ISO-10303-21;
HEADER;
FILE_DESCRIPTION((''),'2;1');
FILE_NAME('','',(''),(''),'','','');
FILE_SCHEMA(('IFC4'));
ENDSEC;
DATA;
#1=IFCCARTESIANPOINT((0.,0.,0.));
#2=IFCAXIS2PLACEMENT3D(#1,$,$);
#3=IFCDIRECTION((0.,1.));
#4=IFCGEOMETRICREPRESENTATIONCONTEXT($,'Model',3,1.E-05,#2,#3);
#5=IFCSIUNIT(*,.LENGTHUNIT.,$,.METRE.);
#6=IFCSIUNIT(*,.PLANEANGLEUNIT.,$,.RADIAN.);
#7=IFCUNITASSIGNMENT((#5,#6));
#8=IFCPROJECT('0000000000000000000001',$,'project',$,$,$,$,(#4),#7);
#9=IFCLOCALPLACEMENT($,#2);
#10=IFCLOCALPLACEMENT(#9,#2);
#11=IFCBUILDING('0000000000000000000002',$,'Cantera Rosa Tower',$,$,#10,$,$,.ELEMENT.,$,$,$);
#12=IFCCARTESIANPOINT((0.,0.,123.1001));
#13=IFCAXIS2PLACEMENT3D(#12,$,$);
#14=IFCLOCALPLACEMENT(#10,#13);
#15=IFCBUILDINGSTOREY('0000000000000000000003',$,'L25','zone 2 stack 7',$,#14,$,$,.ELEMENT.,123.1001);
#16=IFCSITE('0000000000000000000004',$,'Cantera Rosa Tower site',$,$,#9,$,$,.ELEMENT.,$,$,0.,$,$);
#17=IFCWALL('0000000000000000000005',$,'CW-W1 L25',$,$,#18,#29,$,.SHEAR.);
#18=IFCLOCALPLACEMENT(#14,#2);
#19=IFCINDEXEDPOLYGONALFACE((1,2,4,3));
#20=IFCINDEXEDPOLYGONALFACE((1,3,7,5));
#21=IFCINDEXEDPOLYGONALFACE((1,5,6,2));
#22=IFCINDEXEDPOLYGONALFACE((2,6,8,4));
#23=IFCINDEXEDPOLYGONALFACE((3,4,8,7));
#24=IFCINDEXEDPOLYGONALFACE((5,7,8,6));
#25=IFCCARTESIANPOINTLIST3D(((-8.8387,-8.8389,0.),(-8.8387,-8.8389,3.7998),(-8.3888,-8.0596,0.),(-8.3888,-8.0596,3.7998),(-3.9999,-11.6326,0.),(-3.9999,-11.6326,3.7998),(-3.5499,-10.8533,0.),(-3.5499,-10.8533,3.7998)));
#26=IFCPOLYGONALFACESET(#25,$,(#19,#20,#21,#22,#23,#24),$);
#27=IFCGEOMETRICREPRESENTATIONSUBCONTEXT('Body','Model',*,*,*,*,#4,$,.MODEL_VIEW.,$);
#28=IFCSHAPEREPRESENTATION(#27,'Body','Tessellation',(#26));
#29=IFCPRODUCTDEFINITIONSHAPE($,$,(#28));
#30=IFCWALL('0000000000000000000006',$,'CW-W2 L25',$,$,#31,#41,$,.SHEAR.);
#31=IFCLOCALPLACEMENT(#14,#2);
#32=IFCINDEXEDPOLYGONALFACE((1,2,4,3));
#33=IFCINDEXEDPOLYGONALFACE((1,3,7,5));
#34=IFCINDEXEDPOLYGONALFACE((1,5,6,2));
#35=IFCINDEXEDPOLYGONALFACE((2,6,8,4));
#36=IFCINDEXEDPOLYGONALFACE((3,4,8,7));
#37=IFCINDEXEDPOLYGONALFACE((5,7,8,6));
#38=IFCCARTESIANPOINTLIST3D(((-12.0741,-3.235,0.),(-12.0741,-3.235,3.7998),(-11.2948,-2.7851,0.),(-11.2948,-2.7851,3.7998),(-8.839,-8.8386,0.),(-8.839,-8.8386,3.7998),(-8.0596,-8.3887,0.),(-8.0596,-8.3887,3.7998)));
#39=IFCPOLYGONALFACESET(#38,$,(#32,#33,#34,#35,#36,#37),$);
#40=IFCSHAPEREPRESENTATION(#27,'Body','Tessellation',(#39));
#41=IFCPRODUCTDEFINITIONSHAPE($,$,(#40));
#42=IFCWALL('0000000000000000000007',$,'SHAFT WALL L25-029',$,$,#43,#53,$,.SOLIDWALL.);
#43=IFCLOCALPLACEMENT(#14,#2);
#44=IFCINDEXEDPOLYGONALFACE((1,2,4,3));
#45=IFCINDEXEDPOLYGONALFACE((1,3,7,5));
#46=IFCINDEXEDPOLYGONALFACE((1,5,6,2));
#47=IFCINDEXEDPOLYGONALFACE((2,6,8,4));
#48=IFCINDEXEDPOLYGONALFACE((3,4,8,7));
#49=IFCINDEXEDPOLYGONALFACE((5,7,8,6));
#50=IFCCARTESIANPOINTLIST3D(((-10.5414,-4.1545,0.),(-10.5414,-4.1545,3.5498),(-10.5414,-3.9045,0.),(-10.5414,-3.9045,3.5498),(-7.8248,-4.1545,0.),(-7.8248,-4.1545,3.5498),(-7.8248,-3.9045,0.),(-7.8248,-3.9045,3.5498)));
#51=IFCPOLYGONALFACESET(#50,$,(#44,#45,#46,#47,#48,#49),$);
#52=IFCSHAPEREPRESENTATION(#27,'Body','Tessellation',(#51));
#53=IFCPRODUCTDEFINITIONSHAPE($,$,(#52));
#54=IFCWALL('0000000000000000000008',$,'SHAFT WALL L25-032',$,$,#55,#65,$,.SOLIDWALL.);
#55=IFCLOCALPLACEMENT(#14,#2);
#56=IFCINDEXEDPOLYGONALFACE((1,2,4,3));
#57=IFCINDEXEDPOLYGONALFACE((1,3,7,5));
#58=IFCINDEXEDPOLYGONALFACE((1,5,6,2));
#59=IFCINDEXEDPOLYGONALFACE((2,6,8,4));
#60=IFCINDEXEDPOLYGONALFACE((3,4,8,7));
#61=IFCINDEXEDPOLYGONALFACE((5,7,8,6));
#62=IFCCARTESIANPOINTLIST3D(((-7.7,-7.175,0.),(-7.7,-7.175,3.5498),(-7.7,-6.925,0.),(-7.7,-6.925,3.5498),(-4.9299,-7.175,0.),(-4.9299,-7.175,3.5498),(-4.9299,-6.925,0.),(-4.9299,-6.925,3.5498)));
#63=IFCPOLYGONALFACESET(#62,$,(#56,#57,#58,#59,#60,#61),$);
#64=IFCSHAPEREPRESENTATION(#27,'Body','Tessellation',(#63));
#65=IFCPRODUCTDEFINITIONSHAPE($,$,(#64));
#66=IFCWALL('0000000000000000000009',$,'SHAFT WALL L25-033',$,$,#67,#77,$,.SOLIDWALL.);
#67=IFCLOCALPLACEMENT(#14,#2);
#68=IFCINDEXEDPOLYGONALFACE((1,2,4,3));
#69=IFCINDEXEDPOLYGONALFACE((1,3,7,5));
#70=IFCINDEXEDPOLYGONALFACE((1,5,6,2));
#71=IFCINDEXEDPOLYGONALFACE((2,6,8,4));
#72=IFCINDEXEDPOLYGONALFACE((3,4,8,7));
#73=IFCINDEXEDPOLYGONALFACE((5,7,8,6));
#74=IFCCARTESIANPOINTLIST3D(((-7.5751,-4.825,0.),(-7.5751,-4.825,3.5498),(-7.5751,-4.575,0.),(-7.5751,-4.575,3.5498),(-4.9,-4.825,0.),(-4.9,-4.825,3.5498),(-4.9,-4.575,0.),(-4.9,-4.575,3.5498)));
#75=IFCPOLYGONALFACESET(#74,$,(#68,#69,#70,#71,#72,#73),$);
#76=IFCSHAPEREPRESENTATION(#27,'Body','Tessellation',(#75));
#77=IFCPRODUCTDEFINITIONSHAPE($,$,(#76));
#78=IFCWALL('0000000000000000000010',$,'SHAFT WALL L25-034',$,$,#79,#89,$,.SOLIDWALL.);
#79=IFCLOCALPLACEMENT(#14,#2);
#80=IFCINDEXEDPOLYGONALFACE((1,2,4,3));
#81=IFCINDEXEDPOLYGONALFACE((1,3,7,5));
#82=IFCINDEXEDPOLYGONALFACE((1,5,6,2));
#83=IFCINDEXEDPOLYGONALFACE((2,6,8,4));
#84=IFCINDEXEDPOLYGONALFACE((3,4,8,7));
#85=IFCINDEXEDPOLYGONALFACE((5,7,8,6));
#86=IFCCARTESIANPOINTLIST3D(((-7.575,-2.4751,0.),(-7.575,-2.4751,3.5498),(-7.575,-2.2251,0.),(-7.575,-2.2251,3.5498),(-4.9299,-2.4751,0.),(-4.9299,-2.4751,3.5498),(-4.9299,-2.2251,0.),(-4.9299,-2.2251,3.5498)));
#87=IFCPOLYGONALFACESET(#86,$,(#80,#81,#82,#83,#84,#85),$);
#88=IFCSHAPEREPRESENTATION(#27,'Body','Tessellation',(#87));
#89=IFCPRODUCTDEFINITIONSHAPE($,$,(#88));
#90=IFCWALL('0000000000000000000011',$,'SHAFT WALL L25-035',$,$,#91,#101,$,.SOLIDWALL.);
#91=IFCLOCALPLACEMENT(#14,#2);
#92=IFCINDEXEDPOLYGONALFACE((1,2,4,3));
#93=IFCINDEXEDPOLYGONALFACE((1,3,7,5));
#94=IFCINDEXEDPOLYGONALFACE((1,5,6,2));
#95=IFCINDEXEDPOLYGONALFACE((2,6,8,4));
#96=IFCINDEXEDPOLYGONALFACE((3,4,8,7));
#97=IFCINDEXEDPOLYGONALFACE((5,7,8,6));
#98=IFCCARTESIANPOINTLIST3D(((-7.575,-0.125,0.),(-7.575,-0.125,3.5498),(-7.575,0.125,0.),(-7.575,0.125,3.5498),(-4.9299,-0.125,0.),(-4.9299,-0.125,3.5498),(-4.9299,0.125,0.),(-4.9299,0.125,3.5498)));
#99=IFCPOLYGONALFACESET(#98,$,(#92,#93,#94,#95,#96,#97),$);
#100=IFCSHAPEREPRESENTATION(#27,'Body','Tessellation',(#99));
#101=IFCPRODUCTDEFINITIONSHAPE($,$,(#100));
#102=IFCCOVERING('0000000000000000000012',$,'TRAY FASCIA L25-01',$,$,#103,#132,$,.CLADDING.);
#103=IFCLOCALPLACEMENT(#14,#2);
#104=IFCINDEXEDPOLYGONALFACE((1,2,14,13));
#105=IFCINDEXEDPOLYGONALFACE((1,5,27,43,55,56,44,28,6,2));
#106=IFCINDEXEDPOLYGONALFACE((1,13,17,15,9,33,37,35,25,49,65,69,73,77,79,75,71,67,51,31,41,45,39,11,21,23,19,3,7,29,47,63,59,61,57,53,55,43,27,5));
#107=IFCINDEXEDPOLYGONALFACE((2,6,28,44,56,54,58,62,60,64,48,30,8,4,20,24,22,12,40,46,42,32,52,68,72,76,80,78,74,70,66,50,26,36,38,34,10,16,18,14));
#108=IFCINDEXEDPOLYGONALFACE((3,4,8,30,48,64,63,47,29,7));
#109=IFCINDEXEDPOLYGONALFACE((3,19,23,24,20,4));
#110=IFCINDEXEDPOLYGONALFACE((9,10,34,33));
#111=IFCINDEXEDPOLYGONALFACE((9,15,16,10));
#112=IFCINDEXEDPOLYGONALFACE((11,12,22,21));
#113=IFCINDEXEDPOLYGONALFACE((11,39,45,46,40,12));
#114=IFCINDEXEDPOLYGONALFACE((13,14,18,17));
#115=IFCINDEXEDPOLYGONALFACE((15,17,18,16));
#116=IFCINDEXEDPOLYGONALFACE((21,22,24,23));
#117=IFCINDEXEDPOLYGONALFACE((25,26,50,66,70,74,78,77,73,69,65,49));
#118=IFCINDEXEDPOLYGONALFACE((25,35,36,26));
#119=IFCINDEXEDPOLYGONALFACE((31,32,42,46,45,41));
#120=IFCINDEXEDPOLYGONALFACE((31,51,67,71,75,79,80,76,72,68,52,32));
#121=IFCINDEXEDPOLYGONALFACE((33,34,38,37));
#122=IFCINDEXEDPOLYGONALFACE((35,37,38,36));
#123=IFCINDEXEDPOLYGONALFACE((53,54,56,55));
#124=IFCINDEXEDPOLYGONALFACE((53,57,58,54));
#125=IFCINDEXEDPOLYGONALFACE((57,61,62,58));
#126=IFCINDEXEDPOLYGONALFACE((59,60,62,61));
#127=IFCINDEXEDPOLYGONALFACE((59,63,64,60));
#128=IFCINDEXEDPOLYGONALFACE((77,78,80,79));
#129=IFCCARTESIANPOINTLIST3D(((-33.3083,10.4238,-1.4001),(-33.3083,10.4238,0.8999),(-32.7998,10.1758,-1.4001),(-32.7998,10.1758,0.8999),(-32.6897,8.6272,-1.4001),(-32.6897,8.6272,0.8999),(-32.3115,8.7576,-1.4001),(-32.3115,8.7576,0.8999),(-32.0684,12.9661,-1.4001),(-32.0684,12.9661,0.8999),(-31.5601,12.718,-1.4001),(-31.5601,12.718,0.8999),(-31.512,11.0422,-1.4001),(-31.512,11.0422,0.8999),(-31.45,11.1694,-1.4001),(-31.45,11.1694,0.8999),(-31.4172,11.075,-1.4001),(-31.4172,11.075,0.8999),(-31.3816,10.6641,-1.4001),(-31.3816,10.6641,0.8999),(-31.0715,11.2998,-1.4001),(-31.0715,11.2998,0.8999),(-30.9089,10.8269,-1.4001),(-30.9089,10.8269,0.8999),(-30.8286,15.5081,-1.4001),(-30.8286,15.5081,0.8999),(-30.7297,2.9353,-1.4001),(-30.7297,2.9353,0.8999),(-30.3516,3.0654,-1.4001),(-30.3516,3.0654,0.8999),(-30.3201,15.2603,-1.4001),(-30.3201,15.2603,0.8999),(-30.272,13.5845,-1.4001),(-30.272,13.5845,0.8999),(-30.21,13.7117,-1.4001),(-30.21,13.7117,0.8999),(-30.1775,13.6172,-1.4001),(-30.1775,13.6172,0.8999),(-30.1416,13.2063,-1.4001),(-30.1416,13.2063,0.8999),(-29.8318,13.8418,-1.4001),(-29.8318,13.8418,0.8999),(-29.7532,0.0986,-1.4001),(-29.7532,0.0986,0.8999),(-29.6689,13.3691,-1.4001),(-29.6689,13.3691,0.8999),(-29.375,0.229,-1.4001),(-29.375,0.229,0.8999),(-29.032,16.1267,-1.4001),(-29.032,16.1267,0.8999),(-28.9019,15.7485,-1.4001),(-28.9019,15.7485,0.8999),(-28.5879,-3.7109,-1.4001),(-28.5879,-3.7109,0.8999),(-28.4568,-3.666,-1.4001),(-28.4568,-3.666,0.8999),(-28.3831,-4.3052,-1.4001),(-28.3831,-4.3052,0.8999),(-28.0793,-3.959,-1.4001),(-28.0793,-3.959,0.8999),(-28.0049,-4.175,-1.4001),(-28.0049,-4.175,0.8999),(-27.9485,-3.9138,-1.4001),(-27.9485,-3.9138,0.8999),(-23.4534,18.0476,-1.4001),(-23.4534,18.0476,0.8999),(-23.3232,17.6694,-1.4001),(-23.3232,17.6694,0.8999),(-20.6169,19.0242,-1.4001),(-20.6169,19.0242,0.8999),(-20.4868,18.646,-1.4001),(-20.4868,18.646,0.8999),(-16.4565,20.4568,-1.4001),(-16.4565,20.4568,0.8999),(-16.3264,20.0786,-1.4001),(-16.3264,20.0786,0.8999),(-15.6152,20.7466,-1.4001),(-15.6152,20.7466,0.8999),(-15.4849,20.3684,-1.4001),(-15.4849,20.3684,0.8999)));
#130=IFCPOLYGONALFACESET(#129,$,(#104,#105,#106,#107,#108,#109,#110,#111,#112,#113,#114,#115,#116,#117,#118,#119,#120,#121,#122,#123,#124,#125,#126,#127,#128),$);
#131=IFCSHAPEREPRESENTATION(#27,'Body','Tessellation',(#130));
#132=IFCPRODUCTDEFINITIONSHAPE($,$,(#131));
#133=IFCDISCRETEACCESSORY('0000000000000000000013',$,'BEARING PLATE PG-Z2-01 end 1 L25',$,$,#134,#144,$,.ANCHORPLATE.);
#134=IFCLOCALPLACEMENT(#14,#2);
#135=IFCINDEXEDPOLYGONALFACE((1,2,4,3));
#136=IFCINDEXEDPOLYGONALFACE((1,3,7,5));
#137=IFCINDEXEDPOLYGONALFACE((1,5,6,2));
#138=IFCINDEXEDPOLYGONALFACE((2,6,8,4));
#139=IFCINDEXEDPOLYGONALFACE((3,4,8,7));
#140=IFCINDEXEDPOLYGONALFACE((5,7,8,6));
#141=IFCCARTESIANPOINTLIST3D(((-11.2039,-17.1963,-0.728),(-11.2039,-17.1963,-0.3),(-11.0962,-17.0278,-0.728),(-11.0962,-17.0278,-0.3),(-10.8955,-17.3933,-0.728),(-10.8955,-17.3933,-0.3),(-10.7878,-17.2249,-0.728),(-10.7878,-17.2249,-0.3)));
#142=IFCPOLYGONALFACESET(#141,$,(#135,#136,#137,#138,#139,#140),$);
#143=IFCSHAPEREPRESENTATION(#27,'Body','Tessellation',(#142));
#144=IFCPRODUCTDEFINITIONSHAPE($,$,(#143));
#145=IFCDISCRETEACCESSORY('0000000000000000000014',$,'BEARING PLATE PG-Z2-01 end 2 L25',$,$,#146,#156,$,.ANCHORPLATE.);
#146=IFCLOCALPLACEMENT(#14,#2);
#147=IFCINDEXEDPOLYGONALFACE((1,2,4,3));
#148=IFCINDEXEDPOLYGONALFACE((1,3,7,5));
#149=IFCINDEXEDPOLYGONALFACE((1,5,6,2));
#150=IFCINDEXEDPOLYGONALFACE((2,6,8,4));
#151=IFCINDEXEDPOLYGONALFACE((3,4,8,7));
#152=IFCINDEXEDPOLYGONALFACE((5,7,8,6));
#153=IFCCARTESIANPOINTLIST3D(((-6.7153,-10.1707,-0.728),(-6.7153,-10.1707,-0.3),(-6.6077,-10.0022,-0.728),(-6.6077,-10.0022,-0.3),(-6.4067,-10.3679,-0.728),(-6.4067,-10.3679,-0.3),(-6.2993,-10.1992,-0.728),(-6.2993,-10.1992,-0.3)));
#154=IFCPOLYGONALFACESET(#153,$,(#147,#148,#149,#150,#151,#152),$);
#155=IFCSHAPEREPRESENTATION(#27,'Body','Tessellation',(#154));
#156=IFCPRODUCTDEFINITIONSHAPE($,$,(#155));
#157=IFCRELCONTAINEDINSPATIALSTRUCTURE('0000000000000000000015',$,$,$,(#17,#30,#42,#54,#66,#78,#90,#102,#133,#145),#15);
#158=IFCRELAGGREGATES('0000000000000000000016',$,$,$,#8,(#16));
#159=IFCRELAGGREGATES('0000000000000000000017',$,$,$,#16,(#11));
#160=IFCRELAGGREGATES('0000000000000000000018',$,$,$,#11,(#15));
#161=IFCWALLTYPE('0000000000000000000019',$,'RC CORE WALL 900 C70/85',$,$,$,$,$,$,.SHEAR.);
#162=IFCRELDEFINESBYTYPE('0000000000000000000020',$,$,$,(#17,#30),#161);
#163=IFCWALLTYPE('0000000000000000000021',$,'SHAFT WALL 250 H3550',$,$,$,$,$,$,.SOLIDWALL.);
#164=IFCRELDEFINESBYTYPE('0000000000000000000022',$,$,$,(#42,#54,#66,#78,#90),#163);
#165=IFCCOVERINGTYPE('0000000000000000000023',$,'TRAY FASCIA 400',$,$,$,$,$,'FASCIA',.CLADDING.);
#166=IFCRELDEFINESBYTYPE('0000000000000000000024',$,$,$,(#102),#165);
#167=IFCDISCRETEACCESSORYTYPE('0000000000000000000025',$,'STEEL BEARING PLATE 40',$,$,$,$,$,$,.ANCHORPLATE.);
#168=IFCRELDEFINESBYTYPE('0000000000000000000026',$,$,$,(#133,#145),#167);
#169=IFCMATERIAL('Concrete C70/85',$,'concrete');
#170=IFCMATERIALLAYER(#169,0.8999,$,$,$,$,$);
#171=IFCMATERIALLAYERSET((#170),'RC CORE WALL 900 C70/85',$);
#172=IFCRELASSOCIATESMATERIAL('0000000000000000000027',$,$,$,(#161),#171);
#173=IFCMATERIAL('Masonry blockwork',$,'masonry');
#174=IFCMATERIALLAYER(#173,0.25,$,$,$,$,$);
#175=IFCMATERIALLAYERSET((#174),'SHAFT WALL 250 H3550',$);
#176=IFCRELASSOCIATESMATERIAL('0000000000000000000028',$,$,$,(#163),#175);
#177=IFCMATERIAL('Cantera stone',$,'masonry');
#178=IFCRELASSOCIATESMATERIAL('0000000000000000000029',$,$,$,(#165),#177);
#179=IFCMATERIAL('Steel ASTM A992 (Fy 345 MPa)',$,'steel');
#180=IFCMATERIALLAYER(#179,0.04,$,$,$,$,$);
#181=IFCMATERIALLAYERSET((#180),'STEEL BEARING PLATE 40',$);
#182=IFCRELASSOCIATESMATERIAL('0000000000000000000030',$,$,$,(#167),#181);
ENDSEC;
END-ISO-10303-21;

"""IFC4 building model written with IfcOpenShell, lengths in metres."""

from ifc_helpers import new_model, si_unit, direction, frame, frame_2d, origin, place, context, subcontext, project, spatial, polyline, rectangle, outline, extrude, material, layer, layer_set, type_object, element, save


model = new_model("IFC4")

# Units and contexts
model_context = context("Model", 3, precision=1e-05, world=origin(), true_north=direction((0.0, 1.0)))
body_context = subcontext(model_context, "Body", "Model", "MODEL_VIEW")
ifc_project = project(units=[si_unit("LENGTHUNIT", "METRE"), si_unit("PLANEANGLEUNIT", "RADIAN")], contexts=[model_context])

# Site, building, storey
site_placement = place(None, origin())
site = spatial("IfcSite", under=ifc_project, at=site_placement, Name="Cantera Rosa Tower site", CompositionType="ELEMENT", RefElevation=0.0)
building_placement = place(site_placement, origin())
building = spatial("IfcBuilding", under=site, at=building_placement, Name="Cantera Rosa Tower", CompositionType="ELEMENT")
storey_placement = place(building_placement, frame((0.0, 0.0, 123.1001)))
storey = spatial("IfcBuildingStorey", under=building, at=storey_placement, Name="L25", Description="zone 2 stack 7", CompositionType="ELEMENT", Elevation=123.1001)

# Walls
ifc_material_1 = material(Name="Concrete C70/85", Category="concrete")
ifc_layer_1 = layer(ifc_material_1, 0.8999)
ifc_layer_set_1 = layer_set([ifc_layer_1], Name="RC CORE WALL 900 C70/85")
wall_type_1 = type_object("IfcWallType", Name="RC CORE WALL 900 C70/85", PredefinedType="SHEAR", material=ifc_layer_set_1)
wall_1_placement = place(storey_placement, frame((-3.7749, -11.2429, 0.0), z_axis=(0.0, 0.0, 1.0), x_axis=(-0.866027, 0.499997, 0.0)))
element("IfcWall", 1, at=wall_1_placement, inside=storey, type_object=wall_type_1, Name="CW-W1 L25", PredefinedType="SHEAR", context=body_context, shape_type="SweptSolid", body=[
    extrude(rectangle(XDim=5.5874, YDim=0.8999, at=frame_2d((2.7937, 0.0))), origin(), (0.0, 0.0, 1.0), 3.7998),
])
wall_2_placement = place(storey_placement, frame((-8.4492, -8.6138, 0.0), z_axis=(0.0, 0.0, 1.0), x_axis=(-0.49999, 0.866031, 0.0)))
element("IfcWall", 2, at=wall_2_placement, inside=storey, type_object=wall_type_1, Name="CW-W2 L25", PredefinedType="SHEAR", context=body_context, shape_type="SweptSolid", body=[
    extrude(rectangle(XDim=6.4705, YDim=0.8999, at=frame_2d((3.2354, 0.0))), origin(), (0.0, 0.0, 1.0), 3.7998),
])
ifc_material_2 = material(Name="Masonry blockwork", Category="masonry")
ifc_layer_2 = layer(ifc_material_2, 0.25)
ifc_layer_set_2 = layer_set([ifc_layer_2], Name="SHAFT WALL 250 H3550")
wall_type_2 = type_object("IfcWallType", Name="SHAFT WALL 250 H3550", PredefinedType="SOLIDWALL", material=ifc_layer_set_2)
wall_3_placement = place(storey_placement, frame((-10.5415, -4.0295, 0.0), z_axis=(0.0, 0.0, 1.0), x_axis=(1.0, 0.0, 0.0)))
element("IfcWall", 3, at=wall_3_placement, inside=storey, type_object=wall_type_2, Name="SHAFT WALL L25-029", PredefinedType="SOLIDWALL", context=body_context, shape_type="SweptSolid", body=[
    extrude(rectangle(XDim=2.7166, YDim=0.25, at=frame_2d((1.3584, 0.0))), origin(), (0.0, 0.0, 1.0), 3.5498),
])
wall_4_placement = place(storey_placement, frame((-7.7, -7.05, 0.0), z_axis=(0.0, 0.0, 1.0), x_axis=(1.0, 0.0, 0.0)))
element("IfcWall", 4, at=wall_4_placement, inside=storey, type_object=wall_type_2, Name="SHAFT WALL L25-032", PredefinedType="SOLIDWALL", context=body_context, shape_type="SweptSolid", body=[
    extrude(rectangle(XDim=2.77, YDim=0.25, at=frame_2d((1.385, 0.0))), origin(), (0.0, 0.0, 1.0), 3.5498),
])
wall_5_placement = place(storey_placement, frame((-7.575, -4.7, 0.0), z_axis=(0.0, 0.0, 1.0), x_axis=(1.0, 0.0, 0.0)))
element("IfcWall", 5, at=wall_5_placement, inside=storey, type_object=wall_type_2, Name="SHAFT WALL L25-033", PredefinedType="SOLIDWALL", context=body_context, shape_type="SweptSolid", body=[
    extrude(rectangle(XDim=2.675, YDim=0.25, at=frame_2d((1.3374, 0.0))), origin(), (0.0, 0.0, 1.0), 3.5498),
])
for number, where, z_axis, x_axis, name in (
    (6, (-7.575, -2.3501, 0.0), (0.0, 0.0, 1.0), (1.0, 0.0, 0.0), "SHAFT WALL L25-034"),
    (7, (-7.575, 0.0, 0.0), (0.0, 0.0, 1.0), (1.0, 0.0, 0.0), "SHAFT WALL L25-035"),
):
    element("IfcWall", number, at=place(storey_placement, frame(where, z_axis=z_axis, x_axis=x_axis)), inside=storey, type_object=wall_type_2, Name=name, PredefinedType="SOLIDWALL", context=body_context, shape_type="SweptSolid", body=[
        extrude(rectangle(XDim=2.645, YDim=0.25, at=frame_2d((1.3225, 0.0))), origin(), (0.0, 0.0, 1.0), 3.5498),
    ])

# Covering
ifc_material_3 = material(Name="Cantera stone", Category="masonry")
covering_type = type_object("IfcCoveringType", Name="TRAY FASCIA 400", ElementType="FASCIA", PredefinedType="CLADDING", material=ifc_material_3)
covering_placement = place(storey_placement, frame((0.0, 0.0, -1.4001)))
element("IfcCovering", 8, at=covering_placement, inside=storey, type_object=covering_type, Name="TRAY FASCIA L25-01", PredefinedType="CLADDING", context=body_context, shape_type="SweptSolid", body=[
    extrude(outline(polyline([(-30.7297, 2.9353), (-32.6897, 8.6272), (-33.3083, 10.4238), (-31.512, 11.0422), (-31.4172, 11.075), (-31.45, 11.1694), (-32.0684, 12.9661), (-30.272, 13.5845), (-30.1775, 13.6172), (-30.21, 13.7117), (-30.8286, 15.5081), (-29.032, 16.1267), (-23.4534, 18.0476), (-20.6169, 19.0242), (-16.4565, 20.4568), (-15.6152, 20.7466), (-15.4849, 20.3684), (-16.3264, 20.0786), (-20.4868, 18.646), (-23.3232, 17.6694), (-28.9019, 15.7485), (-30.3201, 15.2603), (-29.8318, 13.8418), (-29.6689, 13.3691), (-30.1416, 13.2063), (-31.5601, 12.718), (-31.0715, 11.2998), (-30.9089, 10.8269), (-31.3816, 10.6641), (-32.7998, 10.1758), (-32.3115, 8.7576), (-30.3516, 3.0654), (-29.375, 0.229), (-27.9485, -3.9138), (-28.0793, -3.959), (-28.0049, -4.175), (-28.3831, -4.3052), (-28.5879, -3.7109), (-28.4568, -3.666), (-29.7532, 0.0986), (-30.7297, 2.9353)])), origin(), (0.0, 0.0, 1.0), 2.3),
])

# Discrete accessories
ifc_material_4 = material(Name="Steel ASTM A992 (Fy 345 MPa)", Category="steel")
ifc_layer_3 = layer(ifc_material_4, 0.04)
ifc_layer_set_3 = layer_set([ifc_layer_3], Name="STEEL BEARING PLATE 40")
discrete_accessory_type = type_object("IfcDiscreteAccessoryType", Name="STEEL BEARING PLATE 40", PredefinedType="ANCHORPLATE", material=ifc_layer_set_3)
discrete_accessory_1_placement = place(storey_placement, frame((0.0, 0.0, -0.728)))
element("IfcDiscreteAccessory", 9, at=discrete_accessory_1_placement, inside=storey, type_object=discrete_accessory_type, Name="BEARING PLATE PG-Z2-01 end 1 L25", PredefinedType="ANCHORPLATE", context=body_context, shape_type="SweptSolid", body=[
    extrude(outline(polyline([(-11.0962, -17.0278), (-11.2039, -17.1963), (-10.8955, -17.3933), (-10.7878, -17.2249), (-11.0962, -17.0278)])), origin(), (0.0, 0.0, 1.0), 0.428),
])
discrete_accessory_2_placement = place(storey_placement, frame((0.0, 0.0, -0.728)))
element("IfcDiscreteAccessory", 10, at=discrete_accessory_2_placement, inside=storey, type_object=discrete_accessory_type, Name="BEARING PLATE PG-Z2-01 end 2 L25", PredefinedType="ANCHORPLATE", context=body_context, shape_type="SweptSolid", body=[
    extrude(outline(polyline([(-6.4067, -10.3679), (-6.2993, -10.1992), (-6.6077, -10.0022), (-6.7153, -10.1707), (-6.4067, -10.3679)])), origin(), (0.0, 0.0, 1.0), 0.428),
])

save(model, "model.ifc")
